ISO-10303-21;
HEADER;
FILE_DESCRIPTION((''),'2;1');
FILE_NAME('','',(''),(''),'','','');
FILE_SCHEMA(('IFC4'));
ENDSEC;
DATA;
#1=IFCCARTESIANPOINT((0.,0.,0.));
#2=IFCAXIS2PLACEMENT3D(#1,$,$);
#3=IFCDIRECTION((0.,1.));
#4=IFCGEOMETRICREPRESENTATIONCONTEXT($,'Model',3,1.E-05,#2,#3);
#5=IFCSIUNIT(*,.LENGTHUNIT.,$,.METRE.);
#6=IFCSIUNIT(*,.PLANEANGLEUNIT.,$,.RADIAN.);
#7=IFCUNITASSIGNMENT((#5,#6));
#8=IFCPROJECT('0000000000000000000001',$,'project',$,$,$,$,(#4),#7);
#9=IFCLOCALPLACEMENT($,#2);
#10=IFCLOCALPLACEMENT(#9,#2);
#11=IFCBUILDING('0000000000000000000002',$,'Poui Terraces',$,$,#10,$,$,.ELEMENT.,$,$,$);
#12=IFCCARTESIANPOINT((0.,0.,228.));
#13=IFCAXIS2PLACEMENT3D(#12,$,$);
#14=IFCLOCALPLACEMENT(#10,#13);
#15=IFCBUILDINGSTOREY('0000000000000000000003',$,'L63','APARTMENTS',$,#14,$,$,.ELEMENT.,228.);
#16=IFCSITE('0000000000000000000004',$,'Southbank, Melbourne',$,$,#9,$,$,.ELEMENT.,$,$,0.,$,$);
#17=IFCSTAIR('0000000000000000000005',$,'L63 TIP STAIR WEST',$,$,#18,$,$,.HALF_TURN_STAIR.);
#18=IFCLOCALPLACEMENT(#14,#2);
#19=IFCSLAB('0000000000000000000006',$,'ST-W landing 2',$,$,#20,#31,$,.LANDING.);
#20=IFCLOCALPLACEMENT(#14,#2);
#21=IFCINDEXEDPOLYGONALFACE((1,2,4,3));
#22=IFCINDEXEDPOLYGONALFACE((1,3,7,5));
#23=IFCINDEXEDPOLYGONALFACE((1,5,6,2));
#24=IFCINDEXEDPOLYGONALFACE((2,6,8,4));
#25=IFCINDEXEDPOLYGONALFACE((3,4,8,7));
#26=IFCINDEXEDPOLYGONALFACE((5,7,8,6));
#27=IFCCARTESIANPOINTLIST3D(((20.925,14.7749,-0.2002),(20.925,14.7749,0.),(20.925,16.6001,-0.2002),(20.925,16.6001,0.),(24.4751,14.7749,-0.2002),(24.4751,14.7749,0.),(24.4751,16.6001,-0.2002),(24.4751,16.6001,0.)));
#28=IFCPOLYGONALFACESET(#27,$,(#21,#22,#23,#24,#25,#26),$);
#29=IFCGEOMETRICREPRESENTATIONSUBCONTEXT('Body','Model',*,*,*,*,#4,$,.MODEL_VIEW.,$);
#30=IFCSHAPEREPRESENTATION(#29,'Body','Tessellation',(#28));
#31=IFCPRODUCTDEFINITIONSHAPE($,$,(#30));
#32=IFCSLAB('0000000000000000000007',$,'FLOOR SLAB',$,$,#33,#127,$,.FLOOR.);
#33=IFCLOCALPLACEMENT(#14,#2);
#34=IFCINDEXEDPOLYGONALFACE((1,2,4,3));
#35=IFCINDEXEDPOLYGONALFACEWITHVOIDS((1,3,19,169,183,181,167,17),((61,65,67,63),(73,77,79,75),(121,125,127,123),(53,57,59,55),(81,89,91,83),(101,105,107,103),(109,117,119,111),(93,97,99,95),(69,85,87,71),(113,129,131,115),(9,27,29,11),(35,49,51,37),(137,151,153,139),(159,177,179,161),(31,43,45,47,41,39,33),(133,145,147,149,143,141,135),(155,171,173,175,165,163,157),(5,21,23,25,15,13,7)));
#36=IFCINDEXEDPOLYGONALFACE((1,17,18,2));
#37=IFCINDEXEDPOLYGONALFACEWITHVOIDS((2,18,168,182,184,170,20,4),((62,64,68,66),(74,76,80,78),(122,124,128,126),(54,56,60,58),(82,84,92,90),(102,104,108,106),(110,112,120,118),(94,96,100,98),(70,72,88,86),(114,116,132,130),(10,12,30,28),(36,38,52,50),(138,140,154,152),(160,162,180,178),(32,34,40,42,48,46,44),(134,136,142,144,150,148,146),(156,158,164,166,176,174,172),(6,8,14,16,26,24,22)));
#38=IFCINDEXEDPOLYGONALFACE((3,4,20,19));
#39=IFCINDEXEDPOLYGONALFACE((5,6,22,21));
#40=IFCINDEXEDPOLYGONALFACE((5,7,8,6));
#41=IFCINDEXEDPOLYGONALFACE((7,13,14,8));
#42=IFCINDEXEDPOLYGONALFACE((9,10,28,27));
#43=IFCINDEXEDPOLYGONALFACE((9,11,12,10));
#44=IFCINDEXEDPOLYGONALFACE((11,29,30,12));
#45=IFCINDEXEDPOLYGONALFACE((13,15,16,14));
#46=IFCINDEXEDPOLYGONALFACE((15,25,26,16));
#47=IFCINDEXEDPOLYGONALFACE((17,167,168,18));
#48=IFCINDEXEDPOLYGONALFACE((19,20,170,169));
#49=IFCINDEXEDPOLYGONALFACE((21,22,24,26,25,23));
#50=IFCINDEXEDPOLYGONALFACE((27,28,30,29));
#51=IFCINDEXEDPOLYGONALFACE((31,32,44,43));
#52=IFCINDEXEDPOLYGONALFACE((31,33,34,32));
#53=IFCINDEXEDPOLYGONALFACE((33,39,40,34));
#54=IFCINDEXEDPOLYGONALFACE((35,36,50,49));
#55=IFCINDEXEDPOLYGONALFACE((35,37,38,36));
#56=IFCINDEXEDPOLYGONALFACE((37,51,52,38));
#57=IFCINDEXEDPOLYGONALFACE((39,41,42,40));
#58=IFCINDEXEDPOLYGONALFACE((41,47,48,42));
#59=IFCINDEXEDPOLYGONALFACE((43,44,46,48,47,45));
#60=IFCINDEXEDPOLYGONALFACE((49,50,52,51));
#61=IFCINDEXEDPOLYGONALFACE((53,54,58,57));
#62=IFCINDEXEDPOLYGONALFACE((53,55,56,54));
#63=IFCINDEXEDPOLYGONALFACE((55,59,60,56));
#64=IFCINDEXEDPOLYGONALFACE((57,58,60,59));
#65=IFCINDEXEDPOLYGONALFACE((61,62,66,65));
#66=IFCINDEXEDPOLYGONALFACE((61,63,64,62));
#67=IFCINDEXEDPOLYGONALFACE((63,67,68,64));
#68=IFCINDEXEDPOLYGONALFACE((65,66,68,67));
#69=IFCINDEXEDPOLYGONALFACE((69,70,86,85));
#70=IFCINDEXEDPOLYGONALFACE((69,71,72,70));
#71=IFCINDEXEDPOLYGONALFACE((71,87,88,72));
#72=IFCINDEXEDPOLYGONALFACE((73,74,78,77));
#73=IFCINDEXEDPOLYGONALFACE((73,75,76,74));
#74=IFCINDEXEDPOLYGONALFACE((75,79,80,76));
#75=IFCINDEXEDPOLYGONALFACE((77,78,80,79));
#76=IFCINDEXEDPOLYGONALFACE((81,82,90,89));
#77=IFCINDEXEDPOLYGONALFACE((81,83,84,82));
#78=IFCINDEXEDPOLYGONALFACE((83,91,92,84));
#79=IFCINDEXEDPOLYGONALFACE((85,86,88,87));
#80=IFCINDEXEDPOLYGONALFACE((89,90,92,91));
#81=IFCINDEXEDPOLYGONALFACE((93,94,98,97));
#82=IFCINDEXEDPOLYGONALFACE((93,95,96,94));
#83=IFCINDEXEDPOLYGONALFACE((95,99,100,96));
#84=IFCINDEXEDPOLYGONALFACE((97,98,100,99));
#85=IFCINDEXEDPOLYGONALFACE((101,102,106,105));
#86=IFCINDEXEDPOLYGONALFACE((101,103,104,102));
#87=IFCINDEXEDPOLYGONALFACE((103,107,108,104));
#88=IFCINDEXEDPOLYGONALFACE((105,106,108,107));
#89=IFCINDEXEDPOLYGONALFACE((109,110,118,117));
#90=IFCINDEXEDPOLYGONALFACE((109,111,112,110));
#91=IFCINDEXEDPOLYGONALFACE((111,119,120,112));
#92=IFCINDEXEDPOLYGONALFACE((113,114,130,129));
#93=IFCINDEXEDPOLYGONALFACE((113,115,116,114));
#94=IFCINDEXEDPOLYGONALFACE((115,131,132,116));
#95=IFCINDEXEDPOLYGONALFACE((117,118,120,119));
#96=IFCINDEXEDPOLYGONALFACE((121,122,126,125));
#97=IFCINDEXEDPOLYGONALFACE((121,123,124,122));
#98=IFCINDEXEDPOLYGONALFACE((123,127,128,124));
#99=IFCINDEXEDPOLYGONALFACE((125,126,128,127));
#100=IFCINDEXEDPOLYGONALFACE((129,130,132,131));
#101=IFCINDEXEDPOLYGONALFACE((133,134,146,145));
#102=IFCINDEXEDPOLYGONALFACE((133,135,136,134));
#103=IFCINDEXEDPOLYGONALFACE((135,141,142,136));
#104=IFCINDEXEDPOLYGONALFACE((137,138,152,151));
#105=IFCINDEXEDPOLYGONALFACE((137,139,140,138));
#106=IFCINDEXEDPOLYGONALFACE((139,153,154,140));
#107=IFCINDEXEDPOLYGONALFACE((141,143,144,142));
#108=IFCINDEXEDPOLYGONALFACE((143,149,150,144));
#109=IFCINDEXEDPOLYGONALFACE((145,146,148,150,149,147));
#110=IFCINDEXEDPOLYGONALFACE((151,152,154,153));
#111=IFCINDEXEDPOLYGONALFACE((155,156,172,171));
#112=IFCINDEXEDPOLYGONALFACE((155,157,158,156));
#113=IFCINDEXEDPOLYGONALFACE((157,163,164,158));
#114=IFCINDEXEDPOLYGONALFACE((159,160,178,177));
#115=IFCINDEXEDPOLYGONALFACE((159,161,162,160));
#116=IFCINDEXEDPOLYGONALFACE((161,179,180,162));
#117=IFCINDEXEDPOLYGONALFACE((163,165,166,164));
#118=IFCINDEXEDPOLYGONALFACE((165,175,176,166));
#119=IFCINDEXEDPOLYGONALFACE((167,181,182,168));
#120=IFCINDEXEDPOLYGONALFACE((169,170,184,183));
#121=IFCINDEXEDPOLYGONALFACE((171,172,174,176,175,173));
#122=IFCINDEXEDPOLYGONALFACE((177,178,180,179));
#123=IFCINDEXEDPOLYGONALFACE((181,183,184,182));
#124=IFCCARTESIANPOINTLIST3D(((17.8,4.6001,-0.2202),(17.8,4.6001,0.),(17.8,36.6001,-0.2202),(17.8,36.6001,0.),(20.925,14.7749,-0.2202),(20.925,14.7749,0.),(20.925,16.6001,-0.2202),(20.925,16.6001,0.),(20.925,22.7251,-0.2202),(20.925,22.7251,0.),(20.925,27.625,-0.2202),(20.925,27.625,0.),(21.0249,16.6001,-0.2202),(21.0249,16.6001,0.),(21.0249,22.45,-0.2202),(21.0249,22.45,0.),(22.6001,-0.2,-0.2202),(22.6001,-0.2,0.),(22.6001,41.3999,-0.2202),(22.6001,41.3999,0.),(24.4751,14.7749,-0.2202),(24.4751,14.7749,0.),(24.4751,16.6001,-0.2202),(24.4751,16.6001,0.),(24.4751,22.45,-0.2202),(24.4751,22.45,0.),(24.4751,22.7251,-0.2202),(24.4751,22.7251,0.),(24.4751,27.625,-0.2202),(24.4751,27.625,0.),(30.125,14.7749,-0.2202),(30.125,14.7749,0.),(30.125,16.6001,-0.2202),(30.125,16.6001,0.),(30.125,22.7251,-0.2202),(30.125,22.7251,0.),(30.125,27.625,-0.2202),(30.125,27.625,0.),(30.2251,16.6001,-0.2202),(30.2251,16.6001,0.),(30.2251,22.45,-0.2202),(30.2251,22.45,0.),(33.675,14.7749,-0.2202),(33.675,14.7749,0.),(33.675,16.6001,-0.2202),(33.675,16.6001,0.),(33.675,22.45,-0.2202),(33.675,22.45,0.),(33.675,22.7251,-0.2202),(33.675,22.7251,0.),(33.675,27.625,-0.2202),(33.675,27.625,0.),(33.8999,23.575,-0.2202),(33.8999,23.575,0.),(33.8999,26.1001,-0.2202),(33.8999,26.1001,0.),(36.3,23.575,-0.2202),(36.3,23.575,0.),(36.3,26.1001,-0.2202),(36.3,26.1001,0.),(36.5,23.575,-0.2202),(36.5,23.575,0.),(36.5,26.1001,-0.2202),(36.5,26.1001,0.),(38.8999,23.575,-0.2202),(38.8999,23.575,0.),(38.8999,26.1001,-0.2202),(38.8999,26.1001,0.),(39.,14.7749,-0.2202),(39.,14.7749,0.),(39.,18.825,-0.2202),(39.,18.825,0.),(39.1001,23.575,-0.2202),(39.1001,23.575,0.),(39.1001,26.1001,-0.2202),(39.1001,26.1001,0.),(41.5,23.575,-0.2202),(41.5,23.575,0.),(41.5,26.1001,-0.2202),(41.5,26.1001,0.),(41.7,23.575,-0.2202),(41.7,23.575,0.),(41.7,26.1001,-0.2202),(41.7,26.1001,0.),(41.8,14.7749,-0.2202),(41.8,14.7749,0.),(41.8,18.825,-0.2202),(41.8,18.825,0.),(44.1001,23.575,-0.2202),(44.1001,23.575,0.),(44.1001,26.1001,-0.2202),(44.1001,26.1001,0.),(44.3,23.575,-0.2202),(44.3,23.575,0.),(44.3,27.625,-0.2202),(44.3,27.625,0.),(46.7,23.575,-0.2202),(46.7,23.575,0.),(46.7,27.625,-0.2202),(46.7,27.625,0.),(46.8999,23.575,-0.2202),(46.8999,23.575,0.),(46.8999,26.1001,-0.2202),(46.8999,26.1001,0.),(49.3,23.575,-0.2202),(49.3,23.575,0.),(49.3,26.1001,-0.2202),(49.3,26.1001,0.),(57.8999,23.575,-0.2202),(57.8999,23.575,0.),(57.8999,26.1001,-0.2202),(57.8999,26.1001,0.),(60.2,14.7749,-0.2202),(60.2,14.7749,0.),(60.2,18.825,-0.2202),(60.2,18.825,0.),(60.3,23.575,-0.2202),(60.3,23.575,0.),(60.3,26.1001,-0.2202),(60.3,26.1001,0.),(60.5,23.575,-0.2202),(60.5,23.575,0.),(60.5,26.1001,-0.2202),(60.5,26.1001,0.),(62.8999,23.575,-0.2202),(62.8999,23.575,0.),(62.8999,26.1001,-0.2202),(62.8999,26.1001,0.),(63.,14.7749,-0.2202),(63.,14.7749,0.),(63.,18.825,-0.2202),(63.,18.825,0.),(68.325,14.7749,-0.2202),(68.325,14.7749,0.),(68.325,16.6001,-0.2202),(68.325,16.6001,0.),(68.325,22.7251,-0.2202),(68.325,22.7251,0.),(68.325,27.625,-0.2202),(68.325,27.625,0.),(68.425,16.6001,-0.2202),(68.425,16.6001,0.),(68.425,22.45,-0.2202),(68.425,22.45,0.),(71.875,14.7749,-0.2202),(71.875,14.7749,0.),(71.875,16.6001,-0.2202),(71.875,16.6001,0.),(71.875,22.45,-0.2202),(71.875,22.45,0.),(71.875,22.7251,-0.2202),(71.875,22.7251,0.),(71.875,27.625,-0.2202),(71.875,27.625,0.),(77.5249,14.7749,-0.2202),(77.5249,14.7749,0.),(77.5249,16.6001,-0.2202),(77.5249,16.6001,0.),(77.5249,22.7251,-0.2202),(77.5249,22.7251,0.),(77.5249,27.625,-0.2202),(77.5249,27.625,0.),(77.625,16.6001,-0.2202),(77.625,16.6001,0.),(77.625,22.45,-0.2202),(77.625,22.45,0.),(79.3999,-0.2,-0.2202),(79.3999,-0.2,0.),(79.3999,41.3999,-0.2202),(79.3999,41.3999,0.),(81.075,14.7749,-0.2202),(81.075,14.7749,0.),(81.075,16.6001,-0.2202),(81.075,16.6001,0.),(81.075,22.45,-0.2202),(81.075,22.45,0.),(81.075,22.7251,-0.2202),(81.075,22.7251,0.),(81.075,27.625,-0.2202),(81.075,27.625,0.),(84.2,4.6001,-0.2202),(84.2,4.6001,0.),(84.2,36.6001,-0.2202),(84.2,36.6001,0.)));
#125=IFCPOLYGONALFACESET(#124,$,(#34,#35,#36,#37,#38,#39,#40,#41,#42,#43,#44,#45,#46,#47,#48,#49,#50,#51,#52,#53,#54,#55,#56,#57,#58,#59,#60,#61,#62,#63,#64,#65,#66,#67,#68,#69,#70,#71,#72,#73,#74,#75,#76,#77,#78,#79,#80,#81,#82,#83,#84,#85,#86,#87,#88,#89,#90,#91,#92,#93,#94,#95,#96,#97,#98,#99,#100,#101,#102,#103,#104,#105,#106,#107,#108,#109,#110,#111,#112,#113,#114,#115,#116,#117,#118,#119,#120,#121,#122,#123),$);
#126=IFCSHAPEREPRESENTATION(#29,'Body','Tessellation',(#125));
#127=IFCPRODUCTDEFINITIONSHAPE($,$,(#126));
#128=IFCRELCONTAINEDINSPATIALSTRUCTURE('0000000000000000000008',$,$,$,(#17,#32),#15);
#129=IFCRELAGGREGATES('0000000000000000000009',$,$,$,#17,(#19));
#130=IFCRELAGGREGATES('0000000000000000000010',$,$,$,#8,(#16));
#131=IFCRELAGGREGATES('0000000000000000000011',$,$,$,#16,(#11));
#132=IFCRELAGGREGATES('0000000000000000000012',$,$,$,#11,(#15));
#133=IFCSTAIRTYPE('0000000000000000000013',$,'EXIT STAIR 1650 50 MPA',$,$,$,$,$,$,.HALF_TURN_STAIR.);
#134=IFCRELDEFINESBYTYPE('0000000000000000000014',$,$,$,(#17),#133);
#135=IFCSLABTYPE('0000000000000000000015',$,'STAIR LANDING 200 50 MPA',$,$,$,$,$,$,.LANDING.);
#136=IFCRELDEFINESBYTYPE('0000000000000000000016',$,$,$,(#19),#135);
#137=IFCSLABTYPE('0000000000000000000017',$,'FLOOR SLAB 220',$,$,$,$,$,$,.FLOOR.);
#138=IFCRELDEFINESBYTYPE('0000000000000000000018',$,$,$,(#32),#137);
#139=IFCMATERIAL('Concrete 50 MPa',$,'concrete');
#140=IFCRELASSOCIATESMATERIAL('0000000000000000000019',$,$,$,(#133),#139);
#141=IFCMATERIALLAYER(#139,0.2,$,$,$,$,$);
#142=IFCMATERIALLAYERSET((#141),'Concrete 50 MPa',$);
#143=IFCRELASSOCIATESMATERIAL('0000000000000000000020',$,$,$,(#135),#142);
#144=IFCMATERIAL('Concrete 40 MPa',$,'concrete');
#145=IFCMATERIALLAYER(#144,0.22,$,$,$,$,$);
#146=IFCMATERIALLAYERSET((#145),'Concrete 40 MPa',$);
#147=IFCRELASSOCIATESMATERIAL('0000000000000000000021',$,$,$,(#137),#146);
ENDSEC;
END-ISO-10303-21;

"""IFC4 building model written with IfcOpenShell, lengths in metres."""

from ifc_helpers import new_model, si_unit, direction, frame, origin, place, context, subcontext, project, spatial, polyline, outline, extrude, source, transform, mapped, material, layer, layer_set, type_object, element, aggregate, save


model = new_model("IFC4")

# Units and contexts
model_context = context("Model", 3, precision=1e-05, world=origin(), true_north=direction((0.0, 1.0)))
body_context = subcontext(model_context, "Body", "Model", "MODEL_VIEW")
ifc_project = project(units=[si_unit("LENGTHUNIT", "METRE"), si_unit("PLANEANGLEUNIT", "RADIAN")], contexts=[model_context])

# Site, building, storey
site_placement = place(None, origin())
site = spatial("IfcSite", under=ifc_project, at=site_placement, Name="Southbank, Melbourne", CompositionType="ELEMENT", RefElevation=0.0)
building_placement = place(site_placement, origin())
building = spatial("IfcBuilding", under=site, at=building_placement, Name="Poui Terraces", CompositionType="ELEMENT")
storey_placement = place(building_placement, frame((0.0, 0.0, 228.0)))
storey = spatial("IfcBuildingStorey", under=building, at=storey_placement, Name="L63", Description="APARTMENTS", CompositionType="ELEMENT", Elevation=228.0)

# Stair, slab
ifc_material_1 = material(Name="Concrete 50 MPa", Category="concrete")
stair_type = type_object("IfcStairType", Name="EXIT STAIR 1650 50 MPA", PredefinedType="HALF_TURN_STAIR", material=ifc_material_1)
stair_placement = place(storey_placement, origin())
stair = element("IfcStair", 1, at=stair_placement, inside=storey, type_object=stair_type, Name="L63 TIP STAIR WEST", PredefinedType="HALF_TURN_STAIR")
ifc_layer_1 = layer(ifc_material_1, 0.2)
ifc_layer_set_1 = layer_set([ifc_layer_1], Name="Concrete 50 MPa")
slab_type_1 = type_object("IfcSlabType", Name="STAIR LANDING 200 50 MPA", PredefinedType="LANDING", material=ifc_layer_set_1)
slab_1_placement = place(storey_placement, frame((0.0, 0.0, -0.2002)))
slab_1 = element("IfcSlab", 2, at=slab_1_placement, type_object=slab_type_1, Name="ST-W landing 2", PredefinedType="LANDING", context=body_context, shape_type="SweptSolid", body=[
    extrude(outline(polyline([(20.925, 14.7749), (24.4751, 14.7749), (24.4751, 16.6001), (20.925, 16.6001), (20.925, 14.7749)])), origin(), (0.0, 0.0, 1.0), 0.2002),
])
aggregate(stair, [slab_1])

# Slab
ifc_material_2 = material(Name="Concrete 40 MPa", Category="concrete")
ifc_layer_2 = layer(ifc_material_2, 0.22)
ifc_layer_set_2 = layer_set([ifc_layer_2], Name="Concrete 40 MPa")
slab_type_2 = type_object("IfcSlabType", Name="FLOOR SLAB 220", PredefinedType="FLOOR", material=ifc_layer_set_2)
shared_shape = source(origin(), body_context, "Body", "SweptSolid", [
    extrude(outline(polyline([(0.0, 0.0), (4.8, -4.8), (61.5999, -4.8), (66.3999, 0.0), (66.3999, 32.0), (61.5999, 36.7998), (4.8, 36.7998), (0.0, 32.0), (0.0, 0.0)]), holes=[polyline([(21.2, 10.1748), (21.2, 14.2249), (24.0, 14.2249), (24.0, 10.1748), (21.2, 10.1748)]), polyline([(3.2249, 17.8499), (6.675, 17.8499), (6.675, 12.0), (6.675, 10.1748), (3.125, 10.1748), (3.125, 12.0), (3.2249, 12.0), (3.2249, 17.8499)]), polyline([(12.425, 17.8499), (15.875, 17.8499), (15.875, 12.0), (15.875, 10.1748), (12.325, 10.1748), (12.325, 12.0), (12.425, 12.0), (12.425, 17.8499)]), polyline([(16.0999, 18.9749), (16.0999, 21.5), (18.5, 21.5), (18.5, 18.9749), (16.0999, 18.9749)]), polyline([(18.7, 18.9749), (18.7, 21.5), (21.0999, 21.5), (21.0999, 18.9749), (18.7, 18.9749)]), polyline([(21.3, 18.9749), (21.3, 21.5), (23.7, 21.5), (23.7, 18.9749), (21.3, 18.9749)]), polyline([(23.8999, 18.9749), (23.8999, 21.5), (26.3, 21.5), (26.3, 18.9749), (23.8999, 18.9749)]), polyline([(3.125, 23.0249), (6.675, 23.0249), (6.675, 18.125), (3.125, 18.125), (3.125, 23.0249)]), polyline([(12.325, 23.0249), (15.875, 23.0249), (15.875, 18.125), (12.325, 18.125), (12.325, 23.0249)]), polyline([(42.3999, 10.1748), (42.3999, 14.2249), (45.2, 14.2249), (45.2, 10.1748), (42.3999, 10.1748)]), polyline([(50.625, 17.8499), (54.075, 17.8499), (54.075, 12.0), (54.075, 10.1748), (50.5249, 10.1748), (50.5249, 12.0), (50.625, 12.0), (50.625, 17.8499)]), polyline([(59.825, 17.8499), (63.2749, 17.8499), (63.2749, 12.0), (63.2749, 10.1748), (59.7249, 10.1748), (59.7249, 12.0), (59.825, 12.0), (59.825, 17.8499)]), polyline([(29.0999, 18.9749), (29.0999, 21.5), (31.5, 21.5), (31.5, 18.9749), (29.0999, 18.9749)]), polyline([(40.0999, 18.9749), (40.0999, 21.5), (42.5, 21.5), (42.5, 18.9749), (40.0999, 18.9749)]), polyline([(42.7, 18.9749), (42.7, 21.5), (45.0999, 21.5), (45.0999, 18.9749), (42.7, 18.9749)]), polyline([(50.5249, 18.125), (50.5249, 23.0249), (54.075, 23.0249), (54.075, 18.125), (50.5249, 18.125)]), polyline([(59.7249, 23.0249), (63.2749, 23.0249), (63.2749, 18.125), (59.7249, 18.125), (59.7249, 23.0249)]), polyline([(26.5, 23.0249), (28.8999, 23.0249), (28.8999, 18.9749), (26.5, 18.9749), (26.5, 23.0249)])]), origin(), (0.0, 0.0, 1.0), 0.2202),
])
slab_2_placement = place(storey_placement, frame((17.8, 4.6001, -0.2202)))
element("IfcSlab", 3, at=slab_2_placement, inside=storey, type_object=slab_type_2, Name="FLOOR SLAB", PredefinedType="FLOOR", context=body_context, shape_type="MappedRepresentation", body=[
    mapped(shared_shape, transform((0.0, 0.0, 0.0))),
])

save(model, "model.ifc")
